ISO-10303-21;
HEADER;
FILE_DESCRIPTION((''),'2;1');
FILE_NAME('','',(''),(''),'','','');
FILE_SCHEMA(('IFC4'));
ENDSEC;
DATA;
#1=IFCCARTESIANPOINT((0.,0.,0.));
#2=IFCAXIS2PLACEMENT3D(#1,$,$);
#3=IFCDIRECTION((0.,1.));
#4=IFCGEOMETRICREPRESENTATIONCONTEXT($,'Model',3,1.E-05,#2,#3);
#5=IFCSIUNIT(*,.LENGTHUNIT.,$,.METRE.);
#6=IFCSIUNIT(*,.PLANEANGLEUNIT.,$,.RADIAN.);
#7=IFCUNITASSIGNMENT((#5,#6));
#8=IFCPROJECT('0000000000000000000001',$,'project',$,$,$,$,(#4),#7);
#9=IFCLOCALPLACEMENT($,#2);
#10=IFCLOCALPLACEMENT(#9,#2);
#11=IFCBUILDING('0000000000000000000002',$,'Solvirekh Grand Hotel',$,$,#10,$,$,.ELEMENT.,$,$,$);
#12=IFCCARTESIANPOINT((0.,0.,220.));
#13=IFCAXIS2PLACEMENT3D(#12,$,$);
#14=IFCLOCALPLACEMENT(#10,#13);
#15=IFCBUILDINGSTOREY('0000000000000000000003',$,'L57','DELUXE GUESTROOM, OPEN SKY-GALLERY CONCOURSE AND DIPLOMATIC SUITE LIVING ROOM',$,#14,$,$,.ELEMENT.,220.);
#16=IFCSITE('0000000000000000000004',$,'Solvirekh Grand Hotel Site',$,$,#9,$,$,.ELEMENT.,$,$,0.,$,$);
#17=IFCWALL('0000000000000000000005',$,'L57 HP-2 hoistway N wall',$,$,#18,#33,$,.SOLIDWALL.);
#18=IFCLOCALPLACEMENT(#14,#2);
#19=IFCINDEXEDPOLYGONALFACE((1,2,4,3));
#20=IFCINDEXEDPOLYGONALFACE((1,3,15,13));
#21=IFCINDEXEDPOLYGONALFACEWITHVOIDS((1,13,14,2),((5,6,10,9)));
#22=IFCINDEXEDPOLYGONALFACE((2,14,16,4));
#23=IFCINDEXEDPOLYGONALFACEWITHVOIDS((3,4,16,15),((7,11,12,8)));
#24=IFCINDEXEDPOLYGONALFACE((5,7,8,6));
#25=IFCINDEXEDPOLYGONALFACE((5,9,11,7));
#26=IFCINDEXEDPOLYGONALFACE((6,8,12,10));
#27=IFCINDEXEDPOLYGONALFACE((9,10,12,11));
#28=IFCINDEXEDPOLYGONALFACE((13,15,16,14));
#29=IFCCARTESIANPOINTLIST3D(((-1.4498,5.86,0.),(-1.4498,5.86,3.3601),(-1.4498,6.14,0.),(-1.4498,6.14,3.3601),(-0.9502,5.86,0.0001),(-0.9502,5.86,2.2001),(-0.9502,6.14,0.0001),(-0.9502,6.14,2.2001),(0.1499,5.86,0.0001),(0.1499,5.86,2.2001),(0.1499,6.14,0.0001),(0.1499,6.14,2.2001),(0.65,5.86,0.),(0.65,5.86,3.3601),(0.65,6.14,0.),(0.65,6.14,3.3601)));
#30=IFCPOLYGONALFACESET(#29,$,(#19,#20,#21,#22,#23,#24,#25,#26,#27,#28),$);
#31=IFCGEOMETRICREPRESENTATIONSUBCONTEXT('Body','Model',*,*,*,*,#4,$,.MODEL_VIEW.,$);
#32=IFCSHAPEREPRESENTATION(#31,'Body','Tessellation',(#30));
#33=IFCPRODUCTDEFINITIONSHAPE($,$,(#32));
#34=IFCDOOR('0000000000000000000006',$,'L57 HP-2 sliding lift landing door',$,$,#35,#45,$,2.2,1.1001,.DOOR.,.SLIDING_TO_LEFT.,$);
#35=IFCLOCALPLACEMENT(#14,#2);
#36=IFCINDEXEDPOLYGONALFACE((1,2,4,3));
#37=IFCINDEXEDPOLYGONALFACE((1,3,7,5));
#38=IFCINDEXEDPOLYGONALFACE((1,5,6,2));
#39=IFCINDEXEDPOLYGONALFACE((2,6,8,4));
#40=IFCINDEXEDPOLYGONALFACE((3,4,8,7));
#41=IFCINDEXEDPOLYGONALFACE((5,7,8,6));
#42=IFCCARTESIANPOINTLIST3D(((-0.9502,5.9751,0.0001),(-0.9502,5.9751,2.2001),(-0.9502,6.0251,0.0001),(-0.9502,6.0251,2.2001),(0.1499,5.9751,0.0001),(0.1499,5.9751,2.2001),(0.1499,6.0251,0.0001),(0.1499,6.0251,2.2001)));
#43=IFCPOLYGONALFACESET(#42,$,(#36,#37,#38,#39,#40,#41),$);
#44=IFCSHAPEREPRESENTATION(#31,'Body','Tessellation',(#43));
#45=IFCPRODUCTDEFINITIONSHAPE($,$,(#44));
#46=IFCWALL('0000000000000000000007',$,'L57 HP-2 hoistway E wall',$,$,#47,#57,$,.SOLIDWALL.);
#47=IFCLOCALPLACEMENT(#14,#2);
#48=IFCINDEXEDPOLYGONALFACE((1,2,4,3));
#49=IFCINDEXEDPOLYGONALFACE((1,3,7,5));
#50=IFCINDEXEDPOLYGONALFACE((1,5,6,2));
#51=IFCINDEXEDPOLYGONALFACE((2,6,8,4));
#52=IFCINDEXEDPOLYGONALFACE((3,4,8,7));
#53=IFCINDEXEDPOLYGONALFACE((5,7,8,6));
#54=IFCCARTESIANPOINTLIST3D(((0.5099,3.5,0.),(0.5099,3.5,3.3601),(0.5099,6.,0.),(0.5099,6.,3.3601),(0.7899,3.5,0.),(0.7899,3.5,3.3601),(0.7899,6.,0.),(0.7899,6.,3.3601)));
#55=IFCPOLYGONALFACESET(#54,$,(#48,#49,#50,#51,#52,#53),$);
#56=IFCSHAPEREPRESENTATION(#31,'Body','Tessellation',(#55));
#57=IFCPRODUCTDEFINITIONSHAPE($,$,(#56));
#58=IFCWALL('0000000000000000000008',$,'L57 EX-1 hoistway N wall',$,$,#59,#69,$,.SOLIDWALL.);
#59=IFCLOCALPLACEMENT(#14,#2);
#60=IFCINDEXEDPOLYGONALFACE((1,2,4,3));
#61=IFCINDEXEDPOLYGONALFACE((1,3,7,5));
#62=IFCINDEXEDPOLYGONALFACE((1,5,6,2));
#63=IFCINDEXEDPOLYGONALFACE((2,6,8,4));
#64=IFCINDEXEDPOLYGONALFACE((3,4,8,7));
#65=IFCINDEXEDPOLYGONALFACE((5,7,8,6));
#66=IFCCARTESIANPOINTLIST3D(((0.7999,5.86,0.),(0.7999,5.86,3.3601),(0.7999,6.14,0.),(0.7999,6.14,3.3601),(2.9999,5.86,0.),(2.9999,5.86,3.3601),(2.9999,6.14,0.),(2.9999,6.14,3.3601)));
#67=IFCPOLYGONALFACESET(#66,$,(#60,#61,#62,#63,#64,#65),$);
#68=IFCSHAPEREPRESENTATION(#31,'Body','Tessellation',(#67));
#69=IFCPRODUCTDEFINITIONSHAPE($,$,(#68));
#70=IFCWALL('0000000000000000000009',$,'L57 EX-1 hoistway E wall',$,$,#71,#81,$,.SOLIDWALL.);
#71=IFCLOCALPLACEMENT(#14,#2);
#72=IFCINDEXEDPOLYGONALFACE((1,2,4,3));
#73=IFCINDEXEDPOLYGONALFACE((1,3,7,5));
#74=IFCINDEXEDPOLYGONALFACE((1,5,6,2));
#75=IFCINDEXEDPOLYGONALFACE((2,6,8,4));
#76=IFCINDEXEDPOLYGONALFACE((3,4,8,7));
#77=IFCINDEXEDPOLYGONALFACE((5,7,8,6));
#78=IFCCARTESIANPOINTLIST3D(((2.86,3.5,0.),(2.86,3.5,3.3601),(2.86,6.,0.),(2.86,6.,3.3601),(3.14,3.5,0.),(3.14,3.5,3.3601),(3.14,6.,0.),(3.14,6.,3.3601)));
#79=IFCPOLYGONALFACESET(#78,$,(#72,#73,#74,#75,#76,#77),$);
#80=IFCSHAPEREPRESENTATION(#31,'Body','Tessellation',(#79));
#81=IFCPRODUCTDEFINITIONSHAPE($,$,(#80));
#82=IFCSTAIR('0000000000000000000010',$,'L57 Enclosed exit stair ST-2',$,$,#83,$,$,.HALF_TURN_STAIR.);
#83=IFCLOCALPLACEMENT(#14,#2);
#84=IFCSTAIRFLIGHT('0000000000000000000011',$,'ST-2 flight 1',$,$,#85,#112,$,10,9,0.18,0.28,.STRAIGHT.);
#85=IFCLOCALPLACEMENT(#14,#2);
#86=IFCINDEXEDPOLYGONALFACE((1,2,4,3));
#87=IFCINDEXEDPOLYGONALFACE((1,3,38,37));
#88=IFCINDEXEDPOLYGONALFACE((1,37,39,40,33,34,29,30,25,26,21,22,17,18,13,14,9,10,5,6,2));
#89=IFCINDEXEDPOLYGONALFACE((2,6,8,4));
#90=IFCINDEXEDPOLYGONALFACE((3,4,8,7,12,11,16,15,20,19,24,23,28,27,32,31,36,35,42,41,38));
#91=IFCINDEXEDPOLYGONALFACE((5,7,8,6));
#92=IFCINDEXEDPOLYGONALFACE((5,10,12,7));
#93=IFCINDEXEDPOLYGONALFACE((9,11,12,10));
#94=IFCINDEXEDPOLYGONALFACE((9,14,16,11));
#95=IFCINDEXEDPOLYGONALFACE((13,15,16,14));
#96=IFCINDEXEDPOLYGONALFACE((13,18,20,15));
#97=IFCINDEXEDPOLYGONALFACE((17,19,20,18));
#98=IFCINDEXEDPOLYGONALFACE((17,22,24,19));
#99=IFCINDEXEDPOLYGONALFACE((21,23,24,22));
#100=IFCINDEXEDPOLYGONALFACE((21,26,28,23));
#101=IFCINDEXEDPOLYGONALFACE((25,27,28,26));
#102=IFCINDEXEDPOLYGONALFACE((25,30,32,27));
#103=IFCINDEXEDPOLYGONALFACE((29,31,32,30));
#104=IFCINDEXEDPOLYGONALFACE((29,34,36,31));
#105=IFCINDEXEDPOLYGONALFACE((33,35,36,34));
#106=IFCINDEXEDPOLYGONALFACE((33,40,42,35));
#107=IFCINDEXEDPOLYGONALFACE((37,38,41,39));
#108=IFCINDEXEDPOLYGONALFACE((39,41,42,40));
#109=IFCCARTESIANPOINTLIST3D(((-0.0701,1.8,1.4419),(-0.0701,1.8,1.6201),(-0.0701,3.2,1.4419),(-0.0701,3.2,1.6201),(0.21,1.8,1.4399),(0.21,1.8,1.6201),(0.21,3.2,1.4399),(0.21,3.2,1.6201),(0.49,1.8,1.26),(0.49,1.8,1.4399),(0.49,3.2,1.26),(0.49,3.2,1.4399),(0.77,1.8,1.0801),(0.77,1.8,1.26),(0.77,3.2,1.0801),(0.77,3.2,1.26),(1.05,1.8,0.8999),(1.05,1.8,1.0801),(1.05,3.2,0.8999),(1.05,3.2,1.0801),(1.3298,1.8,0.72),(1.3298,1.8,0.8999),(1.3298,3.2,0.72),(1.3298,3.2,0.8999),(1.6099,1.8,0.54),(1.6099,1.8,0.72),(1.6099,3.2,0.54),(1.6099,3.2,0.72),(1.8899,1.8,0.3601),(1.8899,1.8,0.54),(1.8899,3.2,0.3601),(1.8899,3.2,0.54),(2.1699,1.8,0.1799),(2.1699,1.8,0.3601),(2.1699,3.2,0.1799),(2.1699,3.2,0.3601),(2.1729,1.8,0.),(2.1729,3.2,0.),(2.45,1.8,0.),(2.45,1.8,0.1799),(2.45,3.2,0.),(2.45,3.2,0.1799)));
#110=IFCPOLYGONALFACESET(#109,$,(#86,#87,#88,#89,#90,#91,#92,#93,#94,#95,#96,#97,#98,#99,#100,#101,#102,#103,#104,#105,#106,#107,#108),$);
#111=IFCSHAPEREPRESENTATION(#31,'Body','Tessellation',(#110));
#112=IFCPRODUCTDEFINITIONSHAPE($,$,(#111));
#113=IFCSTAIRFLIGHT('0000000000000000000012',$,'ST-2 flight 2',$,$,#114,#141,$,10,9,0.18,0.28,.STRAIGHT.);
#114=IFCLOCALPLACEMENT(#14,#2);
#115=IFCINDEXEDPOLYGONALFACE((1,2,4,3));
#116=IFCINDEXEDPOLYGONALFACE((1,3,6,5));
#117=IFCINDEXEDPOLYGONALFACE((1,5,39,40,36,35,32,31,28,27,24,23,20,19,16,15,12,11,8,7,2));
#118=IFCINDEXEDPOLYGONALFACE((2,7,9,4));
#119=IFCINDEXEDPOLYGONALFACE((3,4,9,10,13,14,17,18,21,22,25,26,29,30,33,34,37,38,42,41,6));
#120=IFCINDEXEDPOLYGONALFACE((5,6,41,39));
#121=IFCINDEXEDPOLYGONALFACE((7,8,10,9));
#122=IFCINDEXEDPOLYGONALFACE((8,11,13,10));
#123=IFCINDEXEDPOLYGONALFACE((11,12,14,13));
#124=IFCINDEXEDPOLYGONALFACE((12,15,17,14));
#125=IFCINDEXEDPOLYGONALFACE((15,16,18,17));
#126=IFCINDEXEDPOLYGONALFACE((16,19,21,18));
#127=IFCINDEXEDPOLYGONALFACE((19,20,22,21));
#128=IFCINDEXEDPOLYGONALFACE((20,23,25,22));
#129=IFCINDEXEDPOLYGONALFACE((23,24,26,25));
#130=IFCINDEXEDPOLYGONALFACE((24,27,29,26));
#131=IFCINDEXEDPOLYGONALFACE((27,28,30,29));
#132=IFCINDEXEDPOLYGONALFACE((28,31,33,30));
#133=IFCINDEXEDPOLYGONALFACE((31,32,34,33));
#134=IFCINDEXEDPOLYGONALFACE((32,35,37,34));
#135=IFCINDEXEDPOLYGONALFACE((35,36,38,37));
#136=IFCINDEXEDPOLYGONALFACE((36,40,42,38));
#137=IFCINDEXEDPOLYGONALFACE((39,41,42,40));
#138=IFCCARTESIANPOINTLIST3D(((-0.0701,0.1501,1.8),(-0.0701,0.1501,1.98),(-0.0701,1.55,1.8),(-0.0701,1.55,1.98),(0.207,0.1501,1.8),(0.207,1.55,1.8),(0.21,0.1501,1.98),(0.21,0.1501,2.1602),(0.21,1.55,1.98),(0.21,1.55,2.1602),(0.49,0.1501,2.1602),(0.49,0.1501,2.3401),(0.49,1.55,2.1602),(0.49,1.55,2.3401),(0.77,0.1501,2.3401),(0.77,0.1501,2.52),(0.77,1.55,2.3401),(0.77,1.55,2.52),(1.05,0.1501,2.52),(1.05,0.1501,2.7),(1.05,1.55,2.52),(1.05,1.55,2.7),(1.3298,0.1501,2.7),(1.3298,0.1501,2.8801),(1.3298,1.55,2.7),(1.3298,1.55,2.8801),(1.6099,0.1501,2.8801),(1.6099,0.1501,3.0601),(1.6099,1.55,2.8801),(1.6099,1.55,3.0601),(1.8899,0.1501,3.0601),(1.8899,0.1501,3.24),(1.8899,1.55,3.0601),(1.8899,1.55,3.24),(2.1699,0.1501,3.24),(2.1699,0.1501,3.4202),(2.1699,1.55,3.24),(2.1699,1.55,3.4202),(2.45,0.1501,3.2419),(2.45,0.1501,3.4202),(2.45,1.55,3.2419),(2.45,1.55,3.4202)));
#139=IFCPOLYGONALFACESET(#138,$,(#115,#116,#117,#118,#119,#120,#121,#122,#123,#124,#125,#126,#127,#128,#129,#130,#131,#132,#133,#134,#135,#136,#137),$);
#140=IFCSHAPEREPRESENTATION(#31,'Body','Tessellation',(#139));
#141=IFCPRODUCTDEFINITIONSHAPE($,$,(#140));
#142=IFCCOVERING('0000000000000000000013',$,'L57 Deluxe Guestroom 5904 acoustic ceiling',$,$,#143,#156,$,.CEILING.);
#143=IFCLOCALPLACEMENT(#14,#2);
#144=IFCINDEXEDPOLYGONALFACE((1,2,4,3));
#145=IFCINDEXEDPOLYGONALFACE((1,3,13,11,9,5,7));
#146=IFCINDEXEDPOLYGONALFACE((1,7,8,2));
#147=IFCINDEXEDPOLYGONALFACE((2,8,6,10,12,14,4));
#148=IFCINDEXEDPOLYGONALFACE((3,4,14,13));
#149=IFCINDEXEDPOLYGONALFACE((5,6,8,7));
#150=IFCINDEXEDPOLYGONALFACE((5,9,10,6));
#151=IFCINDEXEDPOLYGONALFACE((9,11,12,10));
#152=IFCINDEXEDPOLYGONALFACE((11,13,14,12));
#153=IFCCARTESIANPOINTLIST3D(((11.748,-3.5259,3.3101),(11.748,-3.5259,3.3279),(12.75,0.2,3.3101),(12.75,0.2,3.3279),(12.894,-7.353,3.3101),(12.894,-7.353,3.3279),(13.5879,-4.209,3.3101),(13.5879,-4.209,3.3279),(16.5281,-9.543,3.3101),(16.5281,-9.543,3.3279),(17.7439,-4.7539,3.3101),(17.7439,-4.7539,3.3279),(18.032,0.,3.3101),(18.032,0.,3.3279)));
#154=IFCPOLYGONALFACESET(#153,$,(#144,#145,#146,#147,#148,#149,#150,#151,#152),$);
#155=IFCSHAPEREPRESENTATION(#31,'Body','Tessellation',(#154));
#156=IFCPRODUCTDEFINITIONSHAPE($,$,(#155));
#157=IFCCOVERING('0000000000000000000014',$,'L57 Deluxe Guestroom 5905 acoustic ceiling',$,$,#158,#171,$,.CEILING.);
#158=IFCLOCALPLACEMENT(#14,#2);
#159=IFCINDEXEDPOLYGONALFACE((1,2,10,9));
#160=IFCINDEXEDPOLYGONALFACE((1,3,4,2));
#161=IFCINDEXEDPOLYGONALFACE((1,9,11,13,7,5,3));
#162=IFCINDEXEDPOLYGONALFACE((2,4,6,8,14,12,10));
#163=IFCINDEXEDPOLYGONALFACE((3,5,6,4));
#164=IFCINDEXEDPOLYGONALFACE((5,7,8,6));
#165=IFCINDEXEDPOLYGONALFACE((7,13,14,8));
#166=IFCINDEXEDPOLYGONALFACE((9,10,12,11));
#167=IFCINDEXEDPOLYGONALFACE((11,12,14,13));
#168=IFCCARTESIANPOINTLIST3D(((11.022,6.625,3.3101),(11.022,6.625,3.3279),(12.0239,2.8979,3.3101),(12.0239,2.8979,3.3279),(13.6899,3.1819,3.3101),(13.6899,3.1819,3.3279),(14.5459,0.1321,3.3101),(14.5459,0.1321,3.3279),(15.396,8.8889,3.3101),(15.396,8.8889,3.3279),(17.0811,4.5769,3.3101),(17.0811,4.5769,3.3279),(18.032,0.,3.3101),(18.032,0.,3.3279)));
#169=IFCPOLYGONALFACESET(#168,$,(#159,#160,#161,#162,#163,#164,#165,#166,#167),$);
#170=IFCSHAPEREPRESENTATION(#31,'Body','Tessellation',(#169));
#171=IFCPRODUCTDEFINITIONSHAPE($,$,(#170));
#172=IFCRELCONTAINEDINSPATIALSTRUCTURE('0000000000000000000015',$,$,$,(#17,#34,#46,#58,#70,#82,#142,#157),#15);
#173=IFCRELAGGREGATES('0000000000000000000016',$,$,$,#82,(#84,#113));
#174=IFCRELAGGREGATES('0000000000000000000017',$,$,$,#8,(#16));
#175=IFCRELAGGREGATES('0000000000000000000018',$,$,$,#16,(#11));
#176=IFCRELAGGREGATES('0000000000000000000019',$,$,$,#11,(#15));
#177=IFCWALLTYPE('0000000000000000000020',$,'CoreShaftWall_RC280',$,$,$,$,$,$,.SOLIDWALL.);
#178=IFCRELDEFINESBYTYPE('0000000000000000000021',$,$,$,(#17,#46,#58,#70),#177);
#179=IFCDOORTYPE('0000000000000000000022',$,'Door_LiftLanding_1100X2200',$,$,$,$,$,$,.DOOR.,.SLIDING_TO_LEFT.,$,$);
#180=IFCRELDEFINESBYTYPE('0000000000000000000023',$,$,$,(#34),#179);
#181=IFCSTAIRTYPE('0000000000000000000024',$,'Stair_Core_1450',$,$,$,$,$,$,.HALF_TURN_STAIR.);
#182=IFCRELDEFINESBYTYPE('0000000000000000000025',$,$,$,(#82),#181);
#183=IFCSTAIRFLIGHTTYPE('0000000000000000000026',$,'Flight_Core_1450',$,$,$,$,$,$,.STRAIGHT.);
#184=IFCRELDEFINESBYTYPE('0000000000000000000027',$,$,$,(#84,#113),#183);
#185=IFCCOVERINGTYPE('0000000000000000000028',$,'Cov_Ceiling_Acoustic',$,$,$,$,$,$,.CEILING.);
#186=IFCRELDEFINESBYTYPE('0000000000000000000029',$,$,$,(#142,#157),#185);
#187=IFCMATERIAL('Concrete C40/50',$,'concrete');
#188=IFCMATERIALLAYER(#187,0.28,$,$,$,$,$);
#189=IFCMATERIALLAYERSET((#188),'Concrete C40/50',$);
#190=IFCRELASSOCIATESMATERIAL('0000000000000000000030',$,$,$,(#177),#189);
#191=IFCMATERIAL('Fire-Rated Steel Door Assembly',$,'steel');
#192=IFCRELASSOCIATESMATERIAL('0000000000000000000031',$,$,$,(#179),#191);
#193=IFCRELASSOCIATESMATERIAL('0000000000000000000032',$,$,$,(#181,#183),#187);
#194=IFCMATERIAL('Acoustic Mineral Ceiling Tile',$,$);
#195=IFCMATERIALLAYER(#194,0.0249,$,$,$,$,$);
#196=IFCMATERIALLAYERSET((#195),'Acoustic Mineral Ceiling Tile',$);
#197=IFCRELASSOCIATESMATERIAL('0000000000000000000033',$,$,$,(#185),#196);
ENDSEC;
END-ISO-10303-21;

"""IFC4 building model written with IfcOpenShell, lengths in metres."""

from ifc_helpers import new_model, si_unit, direction, frame, frame_2d, origin, place, context, subcontext, project, spatial, polyline, rectangle, outline, extrude, material, layer, layer_set, type_object, element, fill, aggregate, save


model = new_model("IFC4")

# Units and contexts
model_context = context("Model", 3, precision=1e-05, world=origin(), true_north=direction((0.0, 1.0)))
body_context = subcontext(model_context, "Body", "Model", "MODEL_VIEW")
ifc_project = project(units=[si_unit("LENGTHUNIT", "METRE"), si_unit("PLANEANGLEUNIT", "RADIAN")], contexts=[model_context])

# Site, building, storey
site_placement = place(None, origin())
site = spatial("IfcSite", under=ifc_project, at=site_placement, Name="Solvirekh Grand Hotel Site", CompositionType="ELEMENT", RefElevation=0.0)
building_placement = place(site_placement, origin())
building = spatial("IfcBuilding", under=site, at=building_placement, Name="Solvirekh Grand Hotel", CompositionType="ELEMENT")
storey_placement = place(building_placement, frame((0.0, 0.0, 220.0)))
storey = spatial("IfcBuildingStorey", under=building, at=storey_placement, Name="L57", Description="DELUXE GUESTROOM, OPEN SKY-GALLERY CONCOURSE AND DIPLOMATIC SUITE LIVING ROOM", CompositionType="ELEMENT", Elevation=220.0)

# Wall, opening, door
ifc_material_1 = material(Name="Concrete C40/50", Category="concrete")
ifc_layer_1 = layer(ifc_material_1, 0.28)
ifc_layer_set_1 = layer_set([ifc_layer_1], Name="Concrete C40/50")
wall_type = type_object("IfcWallType", Name="CoreShaftWall_RC280", PredefinedType="SOLIDWALL", material=ifc_layer_set_1)
wall_1_placement = place(storey_placement, frame((0.6499, 6.0, 0.0), z_axis=(0.0, 0.0, 1.0), x_axis=(-1.0, 0.0, 0.0)))
wall_1 = element("IfcWall", 1, at=wall_1_placement, inside=storey, type_object=wall_type, Name="L57 HP-2 hoistway N wall", PredefinedType="SOLIDWALL", context=body_context, shape_type="SweptSolid", body=[
    extrude(rectangle(XDim=2.0999, YDim=0.28, at=frame_2d((1.0498, 0.0))), origin(), (0.0, 0.0, 1.0), 3.3601),
])
opening_placement = place(wall_1_placement, frame((0.5, 0.0, 0.0)))
opening = element("IfcOpeningElement", 2, at=opening_placement, cuts=wall_1, PredefinedType="OPENING", context=body_context, shape_type="SweptSolid", body=[
    extrude(rectangle(XDim=1.1001, YDim=2.2, at=frame_2d((0.55, 1.1001))), frame((0.0, 0.1499, 0.0), z_axis=(0.0, -1.0, 0.0), x_axis=(1.0, 0.0, 0.0)), (0.0, 0.0, 1.0), 0.3),
])
ifc_material_2 = material(Name="Fire-Rated Steel Door Assembly", Category="steel")
door_type = type_object("IfcDoorType", Name="Door_LiftLanding_1100X2200", OperationType="SLIDING_TO_LEFT", PredefinedType="DOOR", material=ifc_material_2)
door_placement = place(opening_placement, origin())
door = element("IfcDoor", 3, at=door_placement, inside=storey, type_object=door_type, Name="L57 HP-2 sliding lift landing door", OperationType="SLIDING_TO_LEFT", OverallHeight=2.2, OverallWidth=1.1001, PredefinedType="DOOR", context=body_context, shape_type="SweptSolid", body=[
    extrude(rectangle(XDim=1.1001, YDim=2.2, at=frame_2d((0.55, 1.1001))), frame((0.0, 0.0249, 0.0), z_axis=(0.0, -1.0, 0.0), x_axis=(1.0, 0.0, 0.0)), (0.0, 0.0, 1.0), 0.05),
])
fill(opening, door)

# Walls
wall_2_placement = place(storey_placement, frame((0.6499, 3.5, 0.0), z_axis=(0.0, 0.0, 1.0), x_axis=(0.0, 1.0, 0.0)))
element("IfcWall", 4, at=wall_2_placement, inside=storey, type_object=wall_type, Name="L57 HP-2 hoistway E wall", PredefinedType="SOLIDWALL", context=body_context, shape_type="SweptSolid", body=[
    extrude(rectangle(XDim=2.5, YDim=0.28, at=frame_2d((1.25, 0.0))), origin(), (0.0, 0.0, 1.0), 3.3601),
])
wall_3_placement = place(storey_placement, frame((3.0, 6.0, 0.0), z_axis=(0.0, 0.0, 1.0), x_axis=(-1.0, 0.0, 0.0)))
element("IfcWall", 5, at=wall_3_placement, inside=storey, type_object=wall_type, Name="L57 EX-1 hoistway N wall", PredefinedType="SOLIDWALL", context=body_context, shape_type="SweptSolid", body=[
    extrude(rectangle(XDim=2.2, YDim=0.28, at=frame_2d((1.1001, 0.0))), origin(), (0.0, 0.0, 1.0), 3.3601),
])
wall_4_placement = place(storey_placement, frame((3.0, 3.5, 0.0), z_axis=(0.0, 0.0, 1.0), x_axis=(0.0, 1.0, 0.0)))
element("IfcWall", 6, at=wall_4_placement, inside=storey, type_object=wall_type, Name="L57 EX-1 hoistway E wall", PredefinedType="SOLIDWALL", context=body_context, shape_type="SweptSolid", body=[
    extrude(rectangle(XDim=2.5, YDim=0.28, at=frame_2d((1.25, 0.0))), origin(), (0.0, 0.0, 1.0), 3.3601),
])

# Stair, stair flights
stair_type = type_object("IfcStairType", Name="Stair_Core_1450", PredefinedType="HALF_TURN_STAIR", material=ifc_material_1)
stair_placement = place(storey_placement, origin())
stair = element("IfcStair", 7, at=stair_placement, inside=storey, type_object=stair_type, Name="L57 Enclosed exit stair ST-2", PredefinedType="HALF_TURN_STAIR")
stair_flight_type = type_object("IfcStairFlightType", Name="Flight_Core_1450", PredefinedType="STRAIGHT", material=ifc_material_1)
stair_flight_1_placement = place(storey_placement, frame((2.45, 2.5, 0.0), z_axis=(0.0, 0.0, 1.0), x_axis=(-1.0, 0.0, 0.0)))
stair_flight_1 = element("IfcStairFlight", 8, at=stair_flight_1_placement, type_object=stair_flight_type, Name="ST-2 flight 1", NumberOfRisers=10, NumberOfTreads=9, PredefinedType="STRAIGHT", RiserHeight=0.18, TreadLength=0.28, context=body_context, shape_type="SweptSolid", body=[
    extrude(outline(polyline([(0.0, 0.0), (0.0, 0.1799), (0.28, 0.1799), (0.28, 0.3601), (0.5601, 0.3601), (0.5601, 0.54), (0.8401, 0.54), (0.8401, 0.72), (1.1201, 0.72), (1.1201, 0.8999), (1.3999, 0.8999), (1.3999, 1.0801), (1.6799, 1.0801), (1.6799, 1.26), (1.96, 1.26), (1.96, 1.4399), (2.24, 1.4399), (2.24, 1.6201), (2.52, 1.6201), (2.52, 1.8), (2.52, 1.4419), (0.2771, 0.0), (0.0, 0.0)])), frame((0.0, 0.7, 0.0), z_axis=(0.0, -1.0, 0.0), x_axis=(1.0, 0.0, 0.0)), (0.0, 0.0, 1.0), 1.3999),
])
stair_flight_2_placement = place(storey_placement, frame((-0.0701, 0.8501, 1.8), z_axis=(0.0, 0.0, 1.0), x_axis=(1.0, 0.0, 0.0)))
stair_flight_2 = element("IfcStairFlight", 9, at=stair_flight_2_placement, type_object=stair_flight_type, Name="ST-2 flight 2", NumberOfRisers=10, NumberOfTreads=9, PredefinedType="STRAIGHT", RiserHeight=0.18, TreadLength=0.28, context=body_context, shape_type="SweptSolid", body=[
    extrude(outline(polyline([(0.0, 0.0), (0.0, 0.1799), (0.28, 0.1799), (0.28, 0.3601), (0.5601, 0.3601), (0.5601, 0.54), (0.8401, 0.54), (0.8401, 0.72), (1.1201, 0.72), (1.1201, 0.8999), (1.3999, 0.8999), (1.3999, 1.0801), (1.6799, 1.0801), (1.6799, 1.26), (1.96, 1.26), (1.96, 1.4399), (2.24, 1.4399), (2.24, 1.6201), (2.52, 1.6201), (2.52, 1.8), (2.52, 1.4419), (0.2771, 0.0), (0.0, 0.0)])), frame((0.0, 0.7, 0.0), z_axis=(0.0, -1.0, 0.0), x_axis=(1.0, 0.0, 0.0)), (0.0, 0.0, 1.0), 1.3999),
])
aggregate(stair, [stair_flight_1, stair_flight_2])

# Coverings
ifc_material_3 = material(Name="Acoustic Mineral Ceiling Tile")
ifc_layer_2 = layer(ifc_material_3, 0.0249)
ifc_layer_set_2 = layer_set([ifc_layer_2], Name="Acoustic Mineral Ceiling Tile")
covering_type_1 = type_object("IfcCoveringType", Name="Cov_Ceiling_Acoustic", PredefinedType="CEILING", material=ifc_layer_set_2)
covering_1_placement = place(storey_placement, frame((0.0, 0.0, 3.3101)))
element("IfcCovering", 10, at=covering_1_placement, inside=storey, type_object=covering_type_1, Name="L57 Deluxe Guestroom 5904 acoustic ceiling", PredefinedType="CEILING", context=body_context, shape_type="SweptSolid", body=[
    extrude(outline(polyline([(13.5879, -4.209), (12.894, -7.353), (16.5281, -9.543), (17.7439, -4.7539), (18.032, 0.0), (12.75, 0.2), (11.748, -3.5259), (13.5879, -4.209)])), origin(), (0.0, 0.0, 1.0), 0.0178),
])
covering_2_placement = place(storey_placement, frame((0.0, 0.0, 3.3101)))
element("IfcCovering", 11, at=covering_2_placement, inside=storey, type_object=covering_type_1, Name="L57 Deluxe Guestroom 5905 acoustic ceiling", PredefinedType="CEILING", context=body_context, shape_type="SweptSolid", body=[
    extrude(outline(polyline([(13.6899, 3.1819), (14.5459, 0.1321), (18.032, 0.0), (17.0811, 4.5769), (15.396, 8.8889), (11.022, 6.625), (12.0239, 2.8979), (13.6899, 3.1819)])), origin(), (0.0, 0.0, 1.0), 0.0178),
])

save(model, "model.ifc")
